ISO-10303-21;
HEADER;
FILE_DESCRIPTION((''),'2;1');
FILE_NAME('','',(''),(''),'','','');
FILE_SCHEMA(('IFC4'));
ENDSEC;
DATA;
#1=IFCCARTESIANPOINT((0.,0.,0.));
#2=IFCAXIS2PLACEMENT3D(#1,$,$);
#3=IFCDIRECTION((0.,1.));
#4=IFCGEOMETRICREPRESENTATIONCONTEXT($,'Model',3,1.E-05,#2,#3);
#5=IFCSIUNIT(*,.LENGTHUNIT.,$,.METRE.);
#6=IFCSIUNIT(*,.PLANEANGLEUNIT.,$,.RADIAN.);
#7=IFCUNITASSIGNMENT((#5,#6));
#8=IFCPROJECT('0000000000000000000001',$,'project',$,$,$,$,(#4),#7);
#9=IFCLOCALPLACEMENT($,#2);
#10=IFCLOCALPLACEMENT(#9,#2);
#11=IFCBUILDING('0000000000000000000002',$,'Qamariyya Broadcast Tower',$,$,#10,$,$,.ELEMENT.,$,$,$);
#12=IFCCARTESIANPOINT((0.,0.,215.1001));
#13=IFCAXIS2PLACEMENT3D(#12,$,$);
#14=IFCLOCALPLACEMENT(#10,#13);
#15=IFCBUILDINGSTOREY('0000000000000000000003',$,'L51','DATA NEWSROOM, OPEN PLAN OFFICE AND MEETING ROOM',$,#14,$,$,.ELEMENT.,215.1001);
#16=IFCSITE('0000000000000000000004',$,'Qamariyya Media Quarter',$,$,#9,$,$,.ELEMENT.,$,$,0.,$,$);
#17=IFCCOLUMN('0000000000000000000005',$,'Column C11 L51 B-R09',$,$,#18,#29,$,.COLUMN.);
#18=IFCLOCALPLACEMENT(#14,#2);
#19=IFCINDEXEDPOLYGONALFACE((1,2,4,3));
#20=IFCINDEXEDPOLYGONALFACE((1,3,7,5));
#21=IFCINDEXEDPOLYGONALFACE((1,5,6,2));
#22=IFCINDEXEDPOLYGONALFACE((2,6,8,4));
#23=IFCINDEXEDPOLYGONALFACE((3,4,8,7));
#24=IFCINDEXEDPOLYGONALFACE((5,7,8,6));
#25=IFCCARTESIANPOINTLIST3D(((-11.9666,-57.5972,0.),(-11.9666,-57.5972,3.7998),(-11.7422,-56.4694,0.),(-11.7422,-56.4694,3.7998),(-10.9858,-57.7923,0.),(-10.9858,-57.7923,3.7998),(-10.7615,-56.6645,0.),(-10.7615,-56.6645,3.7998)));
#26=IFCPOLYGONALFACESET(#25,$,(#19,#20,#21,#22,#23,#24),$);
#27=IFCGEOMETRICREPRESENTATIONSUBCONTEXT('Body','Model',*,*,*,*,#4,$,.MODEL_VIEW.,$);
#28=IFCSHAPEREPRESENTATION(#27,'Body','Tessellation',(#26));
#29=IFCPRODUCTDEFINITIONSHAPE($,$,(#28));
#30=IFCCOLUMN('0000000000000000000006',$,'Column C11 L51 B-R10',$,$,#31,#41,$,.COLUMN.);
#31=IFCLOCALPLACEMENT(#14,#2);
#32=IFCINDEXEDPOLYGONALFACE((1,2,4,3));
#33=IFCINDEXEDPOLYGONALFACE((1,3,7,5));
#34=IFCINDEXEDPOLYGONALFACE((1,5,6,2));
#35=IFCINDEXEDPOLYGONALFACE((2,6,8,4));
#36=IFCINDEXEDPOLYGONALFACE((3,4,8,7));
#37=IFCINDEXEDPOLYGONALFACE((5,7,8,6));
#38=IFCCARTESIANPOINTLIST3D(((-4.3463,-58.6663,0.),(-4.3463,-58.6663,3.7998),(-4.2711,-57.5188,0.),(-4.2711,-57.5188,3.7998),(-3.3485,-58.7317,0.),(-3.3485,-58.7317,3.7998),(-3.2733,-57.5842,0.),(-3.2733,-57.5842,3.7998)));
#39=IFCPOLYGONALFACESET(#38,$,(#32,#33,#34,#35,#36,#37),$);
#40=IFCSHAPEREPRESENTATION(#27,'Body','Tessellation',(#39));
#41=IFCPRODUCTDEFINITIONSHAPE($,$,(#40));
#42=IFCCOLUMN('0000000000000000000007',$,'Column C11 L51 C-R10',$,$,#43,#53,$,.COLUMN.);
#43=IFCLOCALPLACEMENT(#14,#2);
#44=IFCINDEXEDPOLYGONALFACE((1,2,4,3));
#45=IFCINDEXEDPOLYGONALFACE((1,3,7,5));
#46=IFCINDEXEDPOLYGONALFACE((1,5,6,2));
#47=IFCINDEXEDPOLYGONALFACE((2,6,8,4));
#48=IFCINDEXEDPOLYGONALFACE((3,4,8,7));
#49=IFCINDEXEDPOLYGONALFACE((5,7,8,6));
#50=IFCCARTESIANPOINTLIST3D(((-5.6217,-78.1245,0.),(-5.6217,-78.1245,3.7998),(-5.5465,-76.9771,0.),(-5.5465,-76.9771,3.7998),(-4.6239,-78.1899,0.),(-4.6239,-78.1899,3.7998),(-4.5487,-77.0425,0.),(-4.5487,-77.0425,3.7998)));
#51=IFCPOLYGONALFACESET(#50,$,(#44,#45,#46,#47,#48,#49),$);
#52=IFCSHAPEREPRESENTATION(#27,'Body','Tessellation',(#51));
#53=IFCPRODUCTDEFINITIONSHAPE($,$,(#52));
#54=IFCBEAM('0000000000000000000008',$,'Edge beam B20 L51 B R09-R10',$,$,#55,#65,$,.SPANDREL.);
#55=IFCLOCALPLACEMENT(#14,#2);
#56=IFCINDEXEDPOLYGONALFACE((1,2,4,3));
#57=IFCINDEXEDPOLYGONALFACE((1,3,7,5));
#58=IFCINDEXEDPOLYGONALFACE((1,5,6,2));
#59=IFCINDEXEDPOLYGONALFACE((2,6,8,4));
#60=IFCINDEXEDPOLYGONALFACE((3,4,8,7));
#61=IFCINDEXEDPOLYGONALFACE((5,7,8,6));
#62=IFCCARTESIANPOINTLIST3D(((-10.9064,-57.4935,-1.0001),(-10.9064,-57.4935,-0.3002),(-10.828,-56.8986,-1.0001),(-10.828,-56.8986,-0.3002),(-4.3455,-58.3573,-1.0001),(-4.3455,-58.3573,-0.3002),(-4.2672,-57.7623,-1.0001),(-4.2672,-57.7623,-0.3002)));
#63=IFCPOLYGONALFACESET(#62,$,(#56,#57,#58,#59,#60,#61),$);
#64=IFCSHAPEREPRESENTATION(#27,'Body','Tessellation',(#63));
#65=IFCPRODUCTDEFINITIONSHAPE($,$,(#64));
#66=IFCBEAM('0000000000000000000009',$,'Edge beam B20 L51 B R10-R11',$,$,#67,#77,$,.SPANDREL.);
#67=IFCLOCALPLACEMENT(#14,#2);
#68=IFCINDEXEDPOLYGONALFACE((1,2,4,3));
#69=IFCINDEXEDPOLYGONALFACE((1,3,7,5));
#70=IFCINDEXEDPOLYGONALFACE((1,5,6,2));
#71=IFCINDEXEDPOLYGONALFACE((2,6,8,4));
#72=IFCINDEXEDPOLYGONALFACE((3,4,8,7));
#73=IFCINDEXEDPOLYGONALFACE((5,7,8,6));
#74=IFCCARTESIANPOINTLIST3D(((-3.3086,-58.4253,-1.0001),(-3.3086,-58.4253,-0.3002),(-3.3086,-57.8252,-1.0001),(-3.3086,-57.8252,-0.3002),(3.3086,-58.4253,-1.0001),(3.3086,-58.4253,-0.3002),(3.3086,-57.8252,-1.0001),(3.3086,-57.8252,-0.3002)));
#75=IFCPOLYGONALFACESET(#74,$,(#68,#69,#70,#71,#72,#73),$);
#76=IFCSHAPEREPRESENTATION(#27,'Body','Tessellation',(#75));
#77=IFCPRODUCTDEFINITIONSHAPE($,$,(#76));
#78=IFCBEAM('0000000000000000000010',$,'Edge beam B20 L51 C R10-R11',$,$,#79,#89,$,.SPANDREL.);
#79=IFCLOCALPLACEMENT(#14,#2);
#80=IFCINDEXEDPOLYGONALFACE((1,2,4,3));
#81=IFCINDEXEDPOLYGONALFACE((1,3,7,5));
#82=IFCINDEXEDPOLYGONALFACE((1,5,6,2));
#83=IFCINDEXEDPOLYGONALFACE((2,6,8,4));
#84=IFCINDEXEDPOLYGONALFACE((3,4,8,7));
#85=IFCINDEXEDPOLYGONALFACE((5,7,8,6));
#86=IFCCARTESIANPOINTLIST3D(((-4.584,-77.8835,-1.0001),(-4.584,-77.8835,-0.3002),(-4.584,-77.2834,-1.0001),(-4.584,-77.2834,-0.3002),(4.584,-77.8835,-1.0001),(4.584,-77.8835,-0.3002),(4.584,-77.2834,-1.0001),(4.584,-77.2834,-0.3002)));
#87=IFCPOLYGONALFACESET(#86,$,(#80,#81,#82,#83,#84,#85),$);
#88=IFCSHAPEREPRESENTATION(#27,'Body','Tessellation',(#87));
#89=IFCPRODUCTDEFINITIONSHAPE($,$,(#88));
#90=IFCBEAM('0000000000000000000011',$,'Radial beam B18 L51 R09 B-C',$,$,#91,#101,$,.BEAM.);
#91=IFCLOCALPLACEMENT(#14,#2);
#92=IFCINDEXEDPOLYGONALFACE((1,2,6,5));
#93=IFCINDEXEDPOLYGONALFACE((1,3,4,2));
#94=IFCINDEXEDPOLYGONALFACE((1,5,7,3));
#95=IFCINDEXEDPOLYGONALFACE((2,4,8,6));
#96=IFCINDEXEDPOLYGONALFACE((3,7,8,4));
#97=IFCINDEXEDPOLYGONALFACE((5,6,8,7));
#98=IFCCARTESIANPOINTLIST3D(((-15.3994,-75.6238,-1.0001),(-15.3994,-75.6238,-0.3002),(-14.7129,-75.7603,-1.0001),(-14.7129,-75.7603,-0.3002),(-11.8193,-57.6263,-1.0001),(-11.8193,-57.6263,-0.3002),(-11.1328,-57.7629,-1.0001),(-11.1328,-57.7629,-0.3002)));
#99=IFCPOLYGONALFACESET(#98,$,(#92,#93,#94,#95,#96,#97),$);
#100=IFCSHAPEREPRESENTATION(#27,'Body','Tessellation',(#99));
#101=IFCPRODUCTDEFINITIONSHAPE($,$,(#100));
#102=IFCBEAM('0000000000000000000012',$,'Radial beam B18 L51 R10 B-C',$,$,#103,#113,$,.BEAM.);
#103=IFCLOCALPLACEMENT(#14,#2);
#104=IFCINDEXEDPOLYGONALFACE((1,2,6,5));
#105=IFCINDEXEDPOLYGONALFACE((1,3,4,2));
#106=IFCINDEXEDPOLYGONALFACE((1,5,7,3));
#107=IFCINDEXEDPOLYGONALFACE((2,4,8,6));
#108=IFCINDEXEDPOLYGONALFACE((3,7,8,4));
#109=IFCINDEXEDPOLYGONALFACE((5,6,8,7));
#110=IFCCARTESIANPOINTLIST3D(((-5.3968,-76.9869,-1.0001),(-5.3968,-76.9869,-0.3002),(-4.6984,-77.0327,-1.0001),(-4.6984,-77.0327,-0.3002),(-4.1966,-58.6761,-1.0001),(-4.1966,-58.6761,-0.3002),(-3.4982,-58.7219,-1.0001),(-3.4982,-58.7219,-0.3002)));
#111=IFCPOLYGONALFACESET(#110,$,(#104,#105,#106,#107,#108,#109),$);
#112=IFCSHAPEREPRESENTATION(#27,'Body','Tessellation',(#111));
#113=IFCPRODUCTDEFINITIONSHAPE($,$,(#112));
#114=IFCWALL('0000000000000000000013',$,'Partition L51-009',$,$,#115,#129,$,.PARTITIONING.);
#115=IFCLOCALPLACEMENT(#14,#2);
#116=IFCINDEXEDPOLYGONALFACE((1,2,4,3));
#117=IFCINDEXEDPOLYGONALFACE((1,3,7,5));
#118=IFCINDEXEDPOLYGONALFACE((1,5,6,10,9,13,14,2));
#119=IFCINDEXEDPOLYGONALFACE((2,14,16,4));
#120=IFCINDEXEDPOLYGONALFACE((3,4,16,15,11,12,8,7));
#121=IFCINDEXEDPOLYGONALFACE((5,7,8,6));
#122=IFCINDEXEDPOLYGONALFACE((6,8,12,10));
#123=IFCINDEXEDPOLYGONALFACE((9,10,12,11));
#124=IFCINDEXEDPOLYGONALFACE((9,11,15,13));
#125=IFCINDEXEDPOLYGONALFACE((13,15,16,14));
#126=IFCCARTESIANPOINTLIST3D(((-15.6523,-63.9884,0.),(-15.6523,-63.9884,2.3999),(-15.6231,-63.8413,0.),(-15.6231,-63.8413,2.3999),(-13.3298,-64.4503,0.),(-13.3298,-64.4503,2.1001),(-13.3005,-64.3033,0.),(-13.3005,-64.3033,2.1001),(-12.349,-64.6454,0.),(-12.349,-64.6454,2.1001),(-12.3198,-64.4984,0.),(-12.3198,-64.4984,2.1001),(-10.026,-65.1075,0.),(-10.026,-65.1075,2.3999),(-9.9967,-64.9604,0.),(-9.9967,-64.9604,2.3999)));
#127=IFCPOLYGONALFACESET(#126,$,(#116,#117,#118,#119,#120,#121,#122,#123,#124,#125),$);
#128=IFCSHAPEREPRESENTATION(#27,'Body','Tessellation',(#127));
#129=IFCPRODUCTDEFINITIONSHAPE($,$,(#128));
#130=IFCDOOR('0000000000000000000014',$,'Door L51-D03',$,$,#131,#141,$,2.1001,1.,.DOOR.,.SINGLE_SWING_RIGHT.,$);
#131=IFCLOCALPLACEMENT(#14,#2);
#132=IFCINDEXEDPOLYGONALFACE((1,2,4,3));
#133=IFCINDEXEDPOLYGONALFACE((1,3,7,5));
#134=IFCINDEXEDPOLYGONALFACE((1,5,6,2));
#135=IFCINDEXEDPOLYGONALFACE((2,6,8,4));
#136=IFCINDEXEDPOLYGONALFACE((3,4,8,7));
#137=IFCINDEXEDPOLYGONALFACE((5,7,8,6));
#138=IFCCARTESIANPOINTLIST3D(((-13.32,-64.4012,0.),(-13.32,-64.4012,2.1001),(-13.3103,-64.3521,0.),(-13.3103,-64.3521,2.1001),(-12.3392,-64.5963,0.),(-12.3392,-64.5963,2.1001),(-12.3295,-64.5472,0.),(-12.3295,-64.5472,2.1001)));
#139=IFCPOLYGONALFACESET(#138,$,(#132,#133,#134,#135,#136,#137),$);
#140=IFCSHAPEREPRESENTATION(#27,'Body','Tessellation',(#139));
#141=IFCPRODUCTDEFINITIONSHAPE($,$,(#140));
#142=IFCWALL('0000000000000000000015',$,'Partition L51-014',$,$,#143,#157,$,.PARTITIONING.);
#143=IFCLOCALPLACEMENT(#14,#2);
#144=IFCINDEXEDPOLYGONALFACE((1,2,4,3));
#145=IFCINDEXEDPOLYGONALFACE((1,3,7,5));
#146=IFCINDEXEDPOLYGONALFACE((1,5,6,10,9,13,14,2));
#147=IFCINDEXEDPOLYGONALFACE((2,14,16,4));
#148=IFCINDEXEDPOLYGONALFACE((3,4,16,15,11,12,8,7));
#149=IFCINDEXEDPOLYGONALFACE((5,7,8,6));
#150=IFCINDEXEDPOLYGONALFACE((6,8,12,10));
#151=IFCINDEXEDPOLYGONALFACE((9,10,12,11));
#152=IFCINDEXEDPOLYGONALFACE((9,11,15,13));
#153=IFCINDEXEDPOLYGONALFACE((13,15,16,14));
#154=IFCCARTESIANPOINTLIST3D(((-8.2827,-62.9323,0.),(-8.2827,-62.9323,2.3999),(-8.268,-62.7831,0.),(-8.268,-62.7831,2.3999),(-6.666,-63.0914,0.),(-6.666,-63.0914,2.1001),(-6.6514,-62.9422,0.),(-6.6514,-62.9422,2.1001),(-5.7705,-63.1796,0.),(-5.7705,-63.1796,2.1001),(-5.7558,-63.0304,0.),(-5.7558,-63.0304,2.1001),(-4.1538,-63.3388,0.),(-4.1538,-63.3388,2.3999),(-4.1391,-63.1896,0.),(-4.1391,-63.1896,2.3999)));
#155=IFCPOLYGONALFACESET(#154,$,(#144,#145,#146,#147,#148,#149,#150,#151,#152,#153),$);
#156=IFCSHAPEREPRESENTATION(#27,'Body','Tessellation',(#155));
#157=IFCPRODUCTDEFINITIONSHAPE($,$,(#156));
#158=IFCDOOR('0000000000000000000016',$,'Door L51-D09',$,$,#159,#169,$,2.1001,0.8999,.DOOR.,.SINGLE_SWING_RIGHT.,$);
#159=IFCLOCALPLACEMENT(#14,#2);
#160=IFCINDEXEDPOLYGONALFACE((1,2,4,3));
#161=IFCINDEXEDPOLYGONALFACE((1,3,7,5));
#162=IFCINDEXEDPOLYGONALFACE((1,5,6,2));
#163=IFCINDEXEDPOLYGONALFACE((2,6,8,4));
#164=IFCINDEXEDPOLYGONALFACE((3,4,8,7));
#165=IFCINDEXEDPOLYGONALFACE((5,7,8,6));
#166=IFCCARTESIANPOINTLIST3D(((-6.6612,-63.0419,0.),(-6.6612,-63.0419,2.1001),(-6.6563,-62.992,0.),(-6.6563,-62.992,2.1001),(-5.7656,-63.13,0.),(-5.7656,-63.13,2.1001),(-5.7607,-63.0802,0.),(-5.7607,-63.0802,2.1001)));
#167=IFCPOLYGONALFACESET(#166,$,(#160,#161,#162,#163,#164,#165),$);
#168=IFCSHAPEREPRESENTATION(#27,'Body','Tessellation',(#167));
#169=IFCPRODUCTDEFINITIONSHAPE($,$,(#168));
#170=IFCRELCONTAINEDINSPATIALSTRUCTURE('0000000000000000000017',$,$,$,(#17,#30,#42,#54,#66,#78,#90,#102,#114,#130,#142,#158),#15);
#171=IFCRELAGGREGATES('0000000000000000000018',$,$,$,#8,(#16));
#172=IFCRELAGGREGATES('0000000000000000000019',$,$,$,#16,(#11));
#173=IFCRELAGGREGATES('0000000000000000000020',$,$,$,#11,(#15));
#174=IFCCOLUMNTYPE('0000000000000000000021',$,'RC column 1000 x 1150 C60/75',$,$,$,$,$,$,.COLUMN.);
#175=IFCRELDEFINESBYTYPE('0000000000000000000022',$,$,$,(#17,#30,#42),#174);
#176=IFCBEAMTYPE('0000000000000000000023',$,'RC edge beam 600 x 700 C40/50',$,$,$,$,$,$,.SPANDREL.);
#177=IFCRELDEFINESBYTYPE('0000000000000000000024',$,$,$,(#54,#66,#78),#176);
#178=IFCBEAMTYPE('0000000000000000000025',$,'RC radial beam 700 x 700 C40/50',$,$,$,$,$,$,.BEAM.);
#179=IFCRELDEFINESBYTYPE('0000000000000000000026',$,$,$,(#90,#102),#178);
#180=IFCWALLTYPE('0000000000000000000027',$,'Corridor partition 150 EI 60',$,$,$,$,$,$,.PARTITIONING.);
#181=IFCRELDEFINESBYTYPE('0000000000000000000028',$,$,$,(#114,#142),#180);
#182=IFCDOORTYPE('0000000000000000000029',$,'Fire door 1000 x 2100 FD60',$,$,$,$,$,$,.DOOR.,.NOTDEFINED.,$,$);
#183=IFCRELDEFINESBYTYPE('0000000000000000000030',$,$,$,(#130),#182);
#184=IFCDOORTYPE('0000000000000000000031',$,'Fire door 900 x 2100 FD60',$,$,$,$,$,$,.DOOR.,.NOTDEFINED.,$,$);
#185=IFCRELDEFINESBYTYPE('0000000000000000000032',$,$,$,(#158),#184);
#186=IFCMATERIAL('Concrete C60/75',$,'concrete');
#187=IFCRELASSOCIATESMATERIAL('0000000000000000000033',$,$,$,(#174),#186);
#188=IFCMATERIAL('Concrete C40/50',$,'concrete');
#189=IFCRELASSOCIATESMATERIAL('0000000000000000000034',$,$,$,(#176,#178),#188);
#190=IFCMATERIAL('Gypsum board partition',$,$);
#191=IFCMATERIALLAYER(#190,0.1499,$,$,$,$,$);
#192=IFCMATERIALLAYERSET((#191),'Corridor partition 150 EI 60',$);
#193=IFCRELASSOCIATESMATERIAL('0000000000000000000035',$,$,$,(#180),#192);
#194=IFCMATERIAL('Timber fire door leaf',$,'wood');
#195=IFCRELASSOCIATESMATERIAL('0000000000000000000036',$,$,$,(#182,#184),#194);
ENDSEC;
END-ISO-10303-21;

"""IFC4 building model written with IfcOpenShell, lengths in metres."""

from ifc_helpers import new_model, si_unit, direction, frame, frame_2d, origin, origin_2d, place, context, subcontext, project, spatial, rectangle, extrude, material, layer, layer_set, material_profile, profile_set, type_object, element, fill, save


model = new_model("IFC4")

# Units and contexts
model_context = context("Model", 3, precision=1e-05, world=origin(), true_north=direction((0.0, 1.0)))
body_context = subcontext(model_context, "Body", "Model", "MODEL_VIEW")
ifc_project = project(units=[si_unit("LENGTHUNIT", "METRE"), si_unit("PLANEANGLEUNIT", "RADIAN")], contexts=[model_context])

# Site, building, storey
site_placement = place(None, origin())
site = spatial("IfcSite", under=ifc_project, at=site_placement, Name="Qamariyya Media Quarter", CompositionType="ELEMENT", RefElevation=0.0)
building_placement = place(site_placement, origin())
building = spatial("IfcBuilding", under=site, at=building_placement, Name="Qamariyya Broadcast Tower", CompositionType="ELEMENT")
storey_placement = place(building_placement, frame((0.0, 0.0, 215.1001)))
storey = spatial("IfcBuildingStorey", under=building, at=storey_placement, Name="L51", Description="DATA NEWSROOM, OPEN PLAN OFFICE AND MEETING ROOM", CompositionType="ELEMENT", Elevation=215.1001)

# Columns
ifc_material_1 = material(Name="Concrete C60/75", Category="concrete")
ifc_material_profile_1 = material_profile(ifc_material_1, rectangle(XDim=1.0, YDim=1.1499, at=origin_2d()))
ifc_profile_set_1 = profile_set([ifc_material_profile_1], Name="Concrete C60/75")
column_type = type_object("IfcColumnType", Name="RC column 1000 x 1150 C60/75", PredefinedType="COLUMN", material=ifc_profile_set_1)
for number, where, z_axis, x_axis, name in (
    (1, (-11.364, -57.1309, 0.0), (0.0, 0.0, 1.0), (0.980785, -0.19509, 0.0), "Column C11 L51 B-R09"),
    (2, (-3.8098, -58.1252, 0.0), (0.0, 0.0, 1.0), (0.997859, -0.065403, 0.0), "Column C11 L51 B-R10"),
    (3, (-5.0852, -77.5835, 0.0), (0.0, 0.0, 1.0), (0.997859, -0.065403, 0.0), "Column C11 L51 C-R10"),
):
    element("IfcColumn", number, at=place(storey_placement, frame(where, z_axis=z_axis, x_axis=x_axis)), inside=storey, type_object=column_type, Name=name, PredefinedType="COLUMN", context=body_context, shape_type="SweptSolid", body=[
        extrude(rectangle(XDim=1.0, YDim=1.1499, at=origin_2d()), origin(), (0.0, 0.0, 1.0), 3.7998),
    ])

# Beams
ifc_material_2 = material(Name="Concrete C40/50", Category="concrete")
ifc_material_profile_2 = material_profile(ifc_material_2, rectangle(XDim=0.6001, YDim=0.7, at=origin_2d()))
ifc_profile_set_2 = profile_set([ifc_material_profile_2], Name="Concrete C40/50")
beam_type_1 = type_object("IfcBeamType", Name="RC edge beam 600 x 700 C40/50", PredefinedType="SPANDREL", material=ifc_profile_set_2)
beam_1_placement = place(storey_placement, frame((-10.8672, -57.196, -0.6501), z_axis=(0.991444, -0.13053, 0.0), x_axis=(0.13053, 0.991444, 0.0)))
element("IfcBeam", 4, at=beam_1_placement, inside=storey, type_object=beam_type_1, Name="Edge beam B20 L51 B R09-R10", PredefinedType="SPANDREL", context=body_context, shape_type="SweptSolid", body=[
    extrude(rectangle(XDim=0.6001, YDim=0.7, at=origin_2d()), origin(), (0.0, 0.0, 1.0), 6.6174),
])
beam_2_placement = place(storey_placement, frame((-3.3086, -58.1252, -0.6501), z_axis=(1.0, 0.0, 0.0), x_axis=(0.0, 1.0, 0.0)))
element("IfcBeam", 5, at=beam_2_placement, inside=storey, type_object=beam_type_1, Name="Edge beam B20 L51 B R10-R11", PredefinedType="SPANDREL", context=body_context, shape_type="SweptSolid", body=[
    extrude(rectangle(XDim=0.6001, YDim=0.7, at=origin_2d()), origin(), (0.0, 0.0, 1.0), 6.6172),
])
beam_3_placement = place(storey_placement, frame((-4.584, -77.5835, -0.6501), z_axis=(1.0, 0.0, 0.0), x_axis=(0.0, 1.0, 0.0)))
element("IfcBeam", 6, at=beam_3_placement, inside=storey, type_object=beam_type_1, Name="Edge beam B20 L51 C R10-R11", PredefinedType="SPANDREL", context=body_context, shape_type="SweptSolid", body=[
    extrude(rectangle(XDim=0.6001, YDim=0.7, at=origin_2d()), origin(), (0.0, 0.0, 1.0), 9.168),
])
ifc_material_profile_3 = material_profile(ifc_material_2, rectangle(XDim=0.7, YDim=0.7, at=origin_2d()))
ifc_profile_set_3 = profile_set([ifc_material_profile_3], Name="Concrete C40/50")
beam_type_2 = type_object("IfcBeamType", Name="RC radial beam 700 x 700 C40/50", PredefinedType="BEAM", material=ifc_profile_set_3)
for number, where, z_axis, x_axis, name in (
    (7, (-11.4761, -57.6946, -0.6501), (-0.195098, -0.980784, 0.0), (0.980784, -0.195098, 0.0), "Radial beam B18 L51 R09 B-C"),
    (8, (-3.8474, -58.699, -0.6501), (-0.065405, -0.997859, 0.0), (0.997859, -0.065405, 0.0), "Radial beam B18 L51 R10 B-C"),
):
    element("IfcBeam", number, at=place(storey_placement, frame(where, z_axis=z_axis, x_axis=x_axis)), inside=storey, type_object=beam_type_2, Name=name, PredefinedType="BEAM", context=body_context, shape_type="SweptSolid", body=[
        extrude(rectangle(XDim=0.7, YDim=0.7, at=origin_2d()), origin(), (0.0, 0.0, 1.0), 18.3501),
    ])

# Walls, openings, doors
ifc_material_3 = material(Name="Gypsum board partition")
ifc_layer_1 = layer(ifc_material_3, 0.1499)
ifc_layer_set_1 = layer_set([ifc_layer_1], Name="Corridor partition 150 EI 60")
wall_type_1 = type_object("IfcWallType", Name="Corridor partition 150 EI 60", PredefinedType="PARTITIONING", material=ifc_layer_set_1)
wall_1_placement = place(storey_placement, frame((-10.0115, -65.0339, 0.0), z_axis=(0.0, 0.0, 1.0), x_axis=(-0.980786, 0.195085, 0.0)))
wall_1 = element("IfcWall", 9, at=wall_1_placement, inside=storey, type_object=wall_type_1, Name="Partition L51-009", PredefinedType="PARTITIONING", context=body_context, shape_type="SweptSolid", body=[
    extrude(rectangle(XDim=5.7366, YDim=0.1499, at=frame_2d((2.8682, 0.0))), origin(), (0.0, 0.0, 1.0), 2.3999),
])
opening_1_placement = place(wall_1_placement, frame((2.3684, 0.0, 0.0)))
opening_1 = element("IfcOpeningElement", 10, at=opening_1_placement, cuts=wall_1, PredefinedType="OPENING", context=body_context, shape_type="SweptSolid", body=[
    extrude(rectangle(XDim=1.0, YDim=2.1001, at=frame_2d((0.5, 1.05))), frame((0.0, 0.085, 0.0), z_axis=(0.0, -1.0, 0.0), x_axis=(1.0, 0.0, 0.0)), (0.0, 0.0, 1.0), 0.1699),
])
ifc_material_4 = material(Name="Timber fire door leaf", Category="wood")
door_type_1 = type_object("IfcDoorType", Name="Fire door 1000 x 2100 FD60", OperationType="NOTDEFINED", PredefinedType="DOOR", material=ifc_material_4)
door_1_placement = place(opening_1_placement, origin())
door_1 = element("IfcDoor", 11, at=door_1_placement, inside=storey, type_object=door_type_1, Name="Door L51-D03", OperationType="SINGLE_SWING_RIGHT", OverallHeight=2.1001, OverallWidth=1.0, PredefinedType="DOOR", context=body_context, shape_type="SweptSolid", body=[
    extrude(rectangle(XDim=1.0, YDim=2.1001, at=frame_2d((0.5, 1.05))), frame((0.0, 0.0249, 0.0), z_axis=(0.0, -1.0, 0.0), x_axis=(1.0, 0.0, 0.0)), (0.0, 0.0, 1.0), 0.05),
])
fill(opening_1, door_1)
wall_2_placement = place(storey_placement, frame((-8.2754, -62.8577, 0.0), z_axis=(0.0, 0.0, 1.0), x_axis=(0.995189, -0.097977, 0.0)))
wall_2 = element("IfcWall", 12, at=wall_2_placement, inside=storey, type_object=wall_type_1, Name="Partition L51-014", PredefinedType="PARTITIONING", context=body_context, shape_type="SweptSolid", body=[
    extrude(rectangle(XDim=4.1489, YDim=0.1499, at=frame_2d((2.0745, 0.0))), origin(), (0.0, 0.0, 1.0), 2.3999),
])
opening_2_placement = place(wall_2_placement, frame((1.6245, 0.0, 0.0)))
opening_2 = element("IfcOpeningElement", 13, at=opening_2_placement, cuts=wall_2, PredefinedType="OPENING", context=body_context, shape_type="SweptSolid", body=[
    extrude(rectangle(XDim=0.8999, YDim=2.1001, at=frame_2d((0.45, 1.05))), frame((0.0, 0.085, 0.0), z_axis=(0.0, -1.0, 0.0), x_axis=(1.0, 0.0, 0.0)), (0.0, 0.0, 1.0), 0.1699),
])
door_type_2 = type_object("IfcDoorType", Name="Fire door 900 x 2100 FD60", OperationType="NOTDEFINED", PredefinedType="DOOR", material=ifc_material_4)
door_2_placement = place(opening_2_placement, origin())
door_2 = element("IfcDoor", 14, at=door_2_placement, inside=storey, type_object=door_type_2, Name="Door L51-D09", OperationType="SINGLE_SWING_RIGHT", OverallHeight=2.1001, OverallWidth=0.8999, PredefinedType="DOOR", context=body_context, shape_type="SweptSolid", body=[
    extrude(rectangle(XDim=0.8999, YDim=2.1001, at=frame_2d((0.45, 1.05))), frame((0.0, 0.0249, 0.0), z_axis=(0.0, -1.0, 0.0), x_axis=(1.0, 0.0, 0.0)), (0.0, 0.0, 1.0), 0.05),
])
fill(opening_2, door_2)

save(model, "model.ifc")
